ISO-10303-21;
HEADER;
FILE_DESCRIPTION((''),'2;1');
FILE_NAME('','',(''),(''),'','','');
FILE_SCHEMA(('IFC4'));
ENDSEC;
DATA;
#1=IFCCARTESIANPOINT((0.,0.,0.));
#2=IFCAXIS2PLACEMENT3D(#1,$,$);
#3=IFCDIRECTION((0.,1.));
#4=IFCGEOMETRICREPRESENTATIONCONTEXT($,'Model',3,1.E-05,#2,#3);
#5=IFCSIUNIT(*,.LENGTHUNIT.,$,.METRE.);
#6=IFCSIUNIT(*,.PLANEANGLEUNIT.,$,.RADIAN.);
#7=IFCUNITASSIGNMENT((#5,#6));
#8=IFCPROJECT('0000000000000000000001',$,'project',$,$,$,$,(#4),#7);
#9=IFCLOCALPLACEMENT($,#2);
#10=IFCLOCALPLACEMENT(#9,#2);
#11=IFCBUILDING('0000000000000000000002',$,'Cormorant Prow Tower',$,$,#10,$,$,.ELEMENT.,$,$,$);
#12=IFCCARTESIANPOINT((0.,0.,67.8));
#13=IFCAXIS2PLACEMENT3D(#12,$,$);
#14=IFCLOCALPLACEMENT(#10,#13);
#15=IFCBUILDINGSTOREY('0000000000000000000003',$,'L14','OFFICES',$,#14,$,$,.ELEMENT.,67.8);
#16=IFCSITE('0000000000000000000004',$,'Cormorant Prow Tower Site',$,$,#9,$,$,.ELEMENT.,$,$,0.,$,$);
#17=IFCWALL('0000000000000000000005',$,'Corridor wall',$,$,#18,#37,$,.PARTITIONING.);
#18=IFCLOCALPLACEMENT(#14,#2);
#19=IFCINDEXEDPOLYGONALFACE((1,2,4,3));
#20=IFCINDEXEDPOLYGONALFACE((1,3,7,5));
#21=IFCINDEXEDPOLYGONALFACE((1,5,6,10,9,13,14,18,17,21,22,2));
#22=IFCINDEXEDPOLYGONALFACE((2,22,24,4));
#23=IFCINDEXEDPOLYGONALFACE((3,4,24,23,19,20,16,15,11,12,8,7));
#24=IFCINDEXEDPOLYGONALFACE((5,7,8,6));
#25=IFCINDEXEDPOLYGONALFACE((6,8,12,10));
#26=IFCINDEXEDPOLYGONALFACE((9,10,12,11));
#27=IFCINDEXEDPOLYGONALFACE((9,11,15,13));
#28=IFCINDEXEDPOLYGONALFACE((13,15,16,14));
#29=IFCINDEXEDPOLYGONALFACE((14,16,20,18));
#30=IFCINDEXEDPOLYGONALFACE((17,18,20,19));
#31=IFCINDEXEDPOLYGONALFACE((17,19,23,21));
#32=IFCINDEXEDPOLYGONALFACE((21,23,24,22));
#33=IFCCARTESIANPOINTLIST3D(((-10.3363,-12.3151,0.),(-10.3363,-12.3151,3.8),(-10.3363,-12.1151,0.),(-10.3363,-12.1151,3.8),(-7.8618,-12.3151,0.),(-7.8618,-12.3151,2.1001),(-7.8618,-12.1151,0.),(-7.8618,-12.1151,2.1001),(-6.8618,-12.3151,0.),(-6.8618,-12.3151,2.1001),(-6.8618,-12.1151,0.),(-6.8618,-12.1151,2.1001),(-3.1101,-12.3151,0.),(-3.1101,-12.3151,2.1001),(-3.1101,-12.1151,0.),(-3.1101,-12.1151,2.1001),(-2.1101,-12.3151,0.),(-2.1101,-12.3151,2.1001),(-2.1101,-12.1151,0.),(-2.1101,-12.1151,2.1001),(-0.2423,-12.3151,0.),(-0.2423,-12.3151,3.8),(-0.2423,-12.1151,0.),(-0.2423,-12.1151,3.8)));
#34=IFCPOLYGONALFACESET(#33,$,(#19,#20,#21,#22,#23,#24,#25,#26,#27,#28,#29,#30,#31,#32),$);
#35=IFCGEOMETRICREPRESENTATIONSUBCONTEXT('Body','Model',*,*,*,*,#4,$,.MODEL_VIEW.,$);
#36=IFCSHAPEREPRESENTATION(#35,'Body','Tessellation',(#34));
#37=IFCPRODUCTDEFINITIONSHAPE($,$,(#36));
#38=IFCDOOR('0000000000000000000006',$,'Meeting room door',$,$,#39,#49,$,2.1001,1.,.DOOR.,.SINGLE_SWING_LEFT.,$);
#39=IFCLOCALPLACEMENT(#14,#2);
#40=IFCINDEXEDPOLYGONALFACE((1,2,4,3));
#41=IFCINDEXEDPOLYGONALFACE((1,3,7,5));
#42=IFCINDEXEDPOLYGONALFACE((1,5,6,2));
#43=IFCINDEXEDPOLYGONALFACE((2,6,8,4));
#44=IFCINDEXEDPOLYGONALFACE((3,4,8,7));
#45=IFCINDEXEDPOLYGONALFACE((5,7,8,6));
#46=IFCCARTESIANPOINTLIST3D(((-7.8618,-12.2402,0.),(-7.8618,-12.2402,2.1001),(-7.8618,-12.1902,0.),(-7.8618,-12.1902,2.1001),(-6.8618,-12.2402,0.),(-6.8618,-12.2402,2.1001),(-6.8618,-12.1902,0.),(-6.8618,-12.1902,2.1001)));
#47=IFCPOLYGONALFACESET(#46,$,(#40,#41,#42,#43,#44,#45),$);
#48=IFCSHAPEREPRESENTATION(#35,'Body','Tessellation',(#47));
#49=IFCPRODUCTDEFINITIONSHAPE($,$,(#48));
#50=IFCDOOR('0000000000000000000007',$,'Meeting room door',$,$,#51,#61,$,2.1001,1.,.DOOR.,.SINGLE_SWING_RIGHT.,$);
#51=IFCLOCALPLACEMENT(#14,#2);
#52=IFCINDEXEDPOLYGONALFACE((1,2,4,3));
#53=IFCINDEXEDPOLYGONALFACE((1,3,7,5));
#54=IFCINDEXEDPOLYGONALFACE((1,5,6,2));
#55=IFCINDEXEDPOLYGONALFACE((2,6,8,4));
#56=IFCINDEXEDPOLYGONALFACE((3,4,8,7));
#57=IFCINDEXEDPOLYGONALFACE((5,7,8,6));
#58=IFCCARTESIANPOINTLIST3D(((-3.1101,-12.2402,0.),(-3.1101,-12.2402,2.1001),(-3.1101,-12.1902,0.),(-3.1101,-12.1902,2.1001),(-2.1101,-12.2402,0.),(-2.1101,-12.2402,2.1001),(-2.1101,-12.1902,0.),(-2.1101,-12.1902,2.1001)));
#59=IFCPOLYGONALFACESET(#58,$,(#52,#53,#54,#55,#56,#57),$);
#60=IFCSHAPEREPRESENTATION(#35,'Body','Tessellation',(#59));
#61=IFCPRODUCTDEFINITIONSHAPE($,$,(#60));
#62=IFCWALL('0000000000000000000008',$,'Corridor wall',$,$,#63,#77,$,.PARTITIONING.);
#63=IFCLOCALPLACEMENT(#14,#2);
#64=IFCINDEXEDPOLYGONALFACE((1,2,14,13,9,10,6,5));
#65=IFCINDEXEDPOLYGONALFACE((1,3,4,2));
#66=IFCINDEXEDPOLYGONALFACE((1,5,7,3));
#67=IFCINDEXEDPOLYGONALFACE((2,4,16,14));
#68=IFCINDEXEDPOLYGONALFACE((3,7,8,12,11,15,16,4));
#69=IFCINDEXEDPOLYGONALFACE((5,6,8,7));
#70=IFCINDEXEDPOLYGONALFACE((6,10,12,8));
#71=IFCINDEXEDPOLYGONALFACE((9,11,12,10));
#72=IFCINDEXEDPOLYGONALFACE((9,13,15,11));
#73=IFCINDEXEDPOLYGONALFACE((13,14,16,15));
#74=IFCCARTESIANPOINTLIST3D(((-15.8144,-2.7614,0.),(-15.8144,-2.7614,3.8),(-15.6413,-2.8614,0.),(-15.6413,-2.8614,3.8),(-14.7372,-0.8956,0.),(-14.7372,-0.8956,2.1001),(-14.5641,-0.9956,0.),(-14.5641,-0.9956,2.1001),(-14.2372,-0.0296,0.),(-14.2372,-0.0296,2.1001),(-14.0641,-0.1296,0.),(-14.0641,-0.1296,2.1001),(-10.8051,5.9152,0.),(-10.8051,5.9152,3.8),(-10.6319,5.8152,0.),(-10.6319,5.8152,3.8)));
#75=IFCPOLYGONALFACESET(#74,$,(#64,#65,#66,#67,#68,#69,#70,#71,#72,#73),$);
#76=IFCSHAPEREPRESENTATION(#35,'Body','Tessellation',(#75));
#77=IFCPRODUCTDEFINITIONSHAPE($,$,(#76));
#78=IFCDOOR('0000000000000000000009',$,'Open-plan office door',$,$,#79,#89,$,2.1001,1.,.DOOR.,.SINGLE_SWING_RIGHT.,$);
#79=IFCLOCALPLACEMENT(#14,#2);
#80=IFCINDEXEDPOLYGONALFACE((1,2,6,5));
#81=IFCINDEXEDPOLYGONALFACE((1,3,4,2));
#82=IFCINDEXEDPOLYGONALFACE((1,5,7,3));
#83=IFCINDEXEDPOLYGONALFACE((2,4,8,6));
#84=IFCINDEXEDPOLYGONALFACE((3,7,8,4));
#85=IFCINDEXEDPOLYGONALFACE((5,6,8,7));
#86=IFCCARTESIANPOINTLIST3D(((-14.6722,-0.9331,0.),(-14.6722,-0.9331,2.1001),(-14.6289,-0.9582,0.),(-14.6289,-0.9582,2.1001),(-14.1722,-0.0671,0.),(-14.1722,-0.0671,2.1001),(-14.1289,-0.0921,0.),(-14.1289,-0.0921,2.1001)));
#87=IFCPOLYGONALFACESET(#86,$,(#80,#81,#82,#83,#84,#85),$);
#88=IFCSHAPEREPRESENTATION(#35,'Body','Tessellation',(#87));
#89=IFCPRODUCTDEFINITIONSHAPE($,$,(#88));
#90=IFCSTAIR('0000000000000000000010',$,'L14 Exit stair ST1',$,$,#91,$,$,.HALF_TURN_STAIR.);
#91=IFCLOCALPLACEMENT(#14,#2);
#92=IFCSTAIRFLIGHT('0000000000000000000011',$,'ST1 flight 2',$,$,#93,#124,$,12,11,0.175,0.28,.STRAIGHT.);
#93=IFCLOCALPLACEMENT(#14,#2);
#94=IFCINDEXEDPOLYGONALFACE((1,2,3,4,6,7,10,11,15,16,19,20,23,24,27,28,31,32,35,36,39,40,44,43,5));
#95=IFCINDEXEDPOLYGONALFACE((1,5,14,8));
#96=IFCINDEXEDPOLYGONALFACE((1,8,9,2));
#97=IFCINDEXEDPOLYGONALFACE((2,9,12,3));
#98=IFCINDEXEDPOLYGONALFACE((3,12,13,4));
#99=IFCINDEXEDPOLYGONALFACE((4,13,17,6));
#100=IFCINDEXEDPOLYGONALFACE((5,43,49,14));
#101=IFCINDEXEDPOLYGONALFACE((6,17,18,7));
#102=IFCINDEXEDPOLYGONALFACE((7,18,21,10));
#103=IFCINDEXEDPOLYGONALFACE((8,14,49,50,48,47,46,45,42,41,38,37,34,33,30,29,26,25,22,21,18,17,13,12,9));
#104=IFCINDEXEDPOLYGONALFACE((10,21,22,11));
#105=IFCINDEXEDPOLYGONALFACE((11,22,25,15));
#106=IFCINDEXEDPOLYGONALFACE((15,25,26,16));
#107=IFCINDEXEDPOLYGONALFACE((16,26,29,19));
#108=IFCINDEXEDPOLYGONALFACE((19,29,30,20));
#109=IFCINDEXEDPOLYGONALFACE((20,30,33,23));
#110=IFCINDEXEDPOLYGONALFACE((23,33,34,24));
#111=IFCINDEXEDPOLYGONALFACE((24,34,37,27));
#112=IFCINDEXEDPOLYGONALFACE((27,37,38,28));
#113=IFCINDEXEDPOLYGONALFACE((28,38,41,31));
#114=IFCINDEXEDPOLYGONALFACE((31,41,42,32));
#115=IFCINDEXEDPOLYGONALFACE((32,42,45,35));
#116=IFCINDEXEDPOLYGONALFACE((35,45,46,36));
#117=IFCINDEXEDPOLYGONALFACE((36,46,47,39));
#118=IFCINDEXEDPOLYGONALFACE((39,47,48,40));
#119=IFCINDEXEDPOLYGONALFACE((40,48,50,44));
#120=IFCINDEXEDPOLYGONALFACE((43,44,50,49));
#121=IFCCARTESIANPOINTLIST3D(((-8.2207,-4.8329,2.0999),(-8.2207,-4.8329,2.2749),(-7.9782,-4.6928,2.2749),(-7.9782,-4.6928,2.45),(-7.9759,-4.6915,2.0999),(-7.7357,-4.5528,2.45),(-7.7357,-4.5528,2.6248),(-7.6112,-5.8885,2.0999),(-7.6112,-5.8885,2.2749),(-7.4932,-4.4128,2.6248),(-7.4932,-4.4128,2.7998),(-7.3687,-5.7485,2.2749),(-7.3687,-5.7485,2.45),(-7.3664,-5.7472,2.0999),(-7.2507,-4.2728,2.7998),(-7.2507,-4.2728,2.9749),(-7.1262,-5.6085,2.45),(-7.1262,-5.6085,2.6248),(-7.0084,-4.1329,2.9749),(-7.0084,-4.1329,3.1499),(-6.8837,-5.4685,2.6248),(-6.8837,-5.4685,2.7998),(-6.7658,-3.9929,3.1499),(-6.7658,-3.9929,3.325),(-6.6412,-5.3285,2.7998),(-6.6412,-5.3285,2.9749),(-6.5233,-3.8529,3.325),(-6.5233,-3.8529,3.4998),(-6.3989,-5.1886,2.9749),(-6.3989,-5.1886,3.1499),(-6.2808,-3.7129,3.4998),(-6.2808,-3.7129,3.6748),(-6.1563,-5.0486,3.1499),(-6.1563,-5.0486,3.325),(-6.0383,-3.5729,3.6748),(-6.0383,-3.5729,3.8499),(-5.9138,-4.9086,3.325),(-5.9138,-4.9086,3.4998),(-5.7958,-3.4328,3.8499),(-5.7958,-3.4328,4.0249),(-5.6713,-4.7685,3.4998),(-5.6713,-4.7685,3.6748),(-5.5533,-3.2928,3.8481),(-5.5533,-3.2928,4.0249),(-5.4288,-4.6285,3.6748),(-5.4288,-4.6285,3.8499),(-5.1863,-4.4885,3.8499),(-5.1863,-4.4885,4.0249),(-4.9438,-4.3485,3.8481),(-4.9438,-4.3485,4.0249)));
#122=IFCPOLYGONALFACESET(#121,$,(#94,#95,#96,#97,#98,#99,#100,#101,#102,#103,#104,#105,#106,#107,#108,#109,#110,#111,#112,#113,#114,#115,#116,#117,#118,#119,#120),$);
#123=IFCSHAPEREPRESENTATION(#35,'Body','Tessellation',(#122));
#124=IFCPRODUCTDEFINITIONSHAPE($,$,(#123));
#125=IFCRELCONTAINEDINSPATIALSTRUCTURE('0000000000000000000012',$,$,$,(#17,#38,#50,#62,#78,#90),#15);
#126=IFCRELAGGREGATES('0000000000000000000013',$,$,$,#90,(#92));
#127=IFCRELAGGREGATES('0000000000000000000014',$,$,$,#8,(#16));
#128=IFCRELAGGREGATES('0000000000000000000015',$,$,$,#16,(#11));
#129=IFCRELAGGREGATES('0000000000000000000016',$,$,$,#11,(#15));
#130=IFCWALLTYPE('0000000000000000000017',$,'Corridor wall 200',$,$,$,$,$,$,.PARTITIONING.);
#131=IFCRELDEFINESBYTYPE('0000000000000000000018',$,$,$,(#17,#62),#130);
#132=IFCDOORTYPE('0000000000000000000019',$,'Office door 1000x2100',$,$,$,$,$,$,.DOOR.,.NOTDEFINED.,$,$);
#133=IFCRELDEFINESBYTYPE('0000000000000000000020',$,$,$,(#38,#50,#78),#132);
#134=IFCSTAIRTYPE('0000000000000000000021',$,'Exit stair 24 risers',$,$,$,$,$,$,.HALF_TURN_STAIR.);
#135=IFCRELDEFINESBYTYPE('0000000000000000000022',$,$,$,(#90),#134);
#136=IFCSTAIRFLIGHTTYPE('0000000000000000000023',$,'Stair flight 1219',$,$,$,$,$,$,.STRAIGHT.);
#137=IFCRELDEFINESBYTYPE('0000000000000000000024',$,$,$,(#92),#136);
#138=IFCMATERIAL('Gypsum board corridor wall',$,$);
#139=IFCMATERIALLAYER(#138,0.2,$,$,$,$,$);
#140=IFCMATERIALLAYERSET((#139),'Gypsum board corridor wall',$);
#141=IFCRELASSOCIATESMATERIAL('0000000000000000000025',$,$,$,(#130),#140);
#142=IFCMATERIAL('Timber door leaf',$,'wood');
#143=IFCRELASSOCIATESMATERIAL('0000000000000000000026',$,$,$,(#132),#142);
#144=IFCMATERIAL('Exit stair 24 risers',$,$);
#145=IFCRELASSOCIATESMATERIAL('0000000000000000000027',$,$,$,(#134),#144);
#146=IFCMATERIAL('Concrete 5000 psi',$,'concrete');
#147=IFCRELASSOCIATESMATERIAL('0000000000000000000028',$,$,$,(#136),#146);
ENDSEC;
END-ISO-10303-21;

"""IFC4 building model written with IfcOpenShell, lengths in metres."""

from ifc_helpers import new_model, si_unit, direction, frame, frame_2d, origin, place, context, subcontext, project, spatial, polyline, rectangle, outline, extrude, material, layer, layer_set, type_object, element, fill, aggregate, save


model = new_model("IFC4")

# Units and contexts
model_context = context("Model", 3, precision=1e-05, world=origin(), true_north=direction((0.0, 1.0)))
body_context = subcontext(model_context, "Body", "Model", "MODEL_VIEW")
ifc_project = project(units=[si_unit("LENGTHUNIT", "METRE"), si_unit("PLANEANGLEUNIT", "RADIAN")], contexts=[model_context])

# Site, building, storey
site_placement = place(None, origin())
site = spatial("IfcSite", under=ifc_project, at=site_placement, Name="Cormorant Prow Tower Site", CompositionType="ELEMENT", RefElevation=0.0)
building_placement = place(site_placement, origin())
building = spatial("IfcBuilding", under=site, at=building_placement, Name="Cormorant Prow Tower", CompositionType="ELEMENT")
storey_placement = place(building_placement, frame((0.0, 0.0, 67.8)))
storey = spatial("IfcBuildingStorey", under=building, at=storey_placement, Name="L14", Description="OFFICES", CompositionType="ELEMENT", Elevation=67.8)

# Wall, openings, doors
ifc_material_1 = material(Name="Gypsum board corridor wall")
ifc_layer_1 = layer(ifc_material_1, 0.2)
ifc_layer_set_1 = layer_set([ifc_layer_1], Name="Gypsum board corridor wall")
wall_type_1 = type_object("IfcWallType", Name="Corridor wall 200", PredefinedType="PARTITIONING", material=ifc_layer_set_1)
wall_1_placement = place(storey_placement, frame((-10.3362, -12.2151, 0.0), z_axis=(0.0, 0.0, 1.0), x_axis=(1.0, 0.0, 0.0)))
wall_1 = element("IfcWall", 1, at=wall_1_placement, inside=storey, type_object=wall_type_1, Name="Corridor wall", PredefinedType="PARTITIONING", context=body_context, shape_type="SweptSolid", body=[
    extrude(rectangle(XDim=10.094, YDim=0.2, at=frame_2d((5.0469, 0.0))), origin(), (0.0, 0.0, 1.0), 3.8),
])
opening_1_placement = place(wall_1_placement, frame((2.4744, 0.0, 0.0)))
opening_1 = element("IfcOpeningElement", 2, at=opening_1_placement, cuts=wall_1, PredefinedType="OPENING", context=body_context, shape_type="SweptSolid", body=[
    extrude(rectangle(XDim=1.0, YDim=2.1001, at=frame_2d((0.5, 1.05))), frame((0.0, 0.1099, 0.0), z_axis=(0.0, -1.0, 0.0), x_axis=(1.0, 0.0, 0.0)), (0.0, 0.0, 1.0), 0.22),
])
opening_2_placement = place(wall_1_placement, frame((7.2261, 0.0, 0.0)))
opening_2 = element("IfcOpeningElement", 3, at=opening_2_placement, cuts=wall_1, PredefinedType="OPENING", context=body_context, shape_type="SweptSolid", body=[
    extrude(rectangle(XDim=1.0, YDim=2.1001, at=frame_2d((0.5, 1.05))), frame((0.0, 0.1099, 0.0), z_axis=(0.0, -1.0, 0.0), x_axis=(1.0, 0.0, 0.0)), (0.0, 0.0, 1.0), 0.22),
])
ifc_material_2 = material(Name="Timber door leaf", Category="wood")
door_type_1 = type_object("IfcDoorType", Name="Office door 1000x2100", OperationType="NOTDEFINED", PredefinedType="DOOR", material=ifc_material_2)
door_1_placement = place(opening_1_placement, origin())
door_1 = element("IfcDoor", 4, at=door_1_placement, inside=storey, type_object=door_type_1, Name="Meeting room door", OperationType="SINGLE_SWING_LEFT", OverallHeight=2.1001, OverallWidth=1.0, PredefinedType="DOOR", context=body_context, shape_type="SweptSolid", body=[
    extrude(rectangle(XDim=1.0, YDim=2.1001, at=frame_2d((0.5, 1.05))), frame((0.0, 0.0249, 0.0), z_axis=(0.0, -1.0, 0.0), x_axis=(1.0, 0.0, 0.0)), (0.0, 0.0, 1.0), 0.05),
])
fill(opening_1, door_1)
door_2_placement = place(opening_2_placement, origin())
door_2 = element("IfcDoor", 5, at=door_2_placement, inside=storey, type_object=door_type_1, Name="Meeting room door", OperationType="SINGLE_SWING_RIGHT", OverallHeight=2.1001, OverallWidth=1.0, PredefinedType="DOOR", context=body_context, shape_type="SweptSolid", body=[
    extrude(rectangle(XDim=1.0, YDim=2.1001, at=frame_2d((0.5, 1.05))), frame((0.0, 0.0249, 0.0), z_axis=(0.0, -1.0, 0.0), x_axis=(1.0, 0.0, 0.0)), (0.0, 0.0, 1.0), 0.05),
])
fill(opening_2, door_2)

# Wall, opening, door
wall_2_placement = place(storey_placement, frame((-15.7278, -2.8113, 0.0), z_axis=(0.0, 0.0, 1.0), x_axis=(0.499992, 0.86603, 0.0)))
wall_2 = element("IfcWall", 6, at=wall_2_placement, inside=storey, type_object=wall_type_1, Name="Corridor wall", PredefinedType="PARTITIONING", context=body_context, shape_type="SweptSolid", body=[
    extrude(rectangle(XDim=10.0188, YDim=0.2, at=frame_2d((5.0093, 0.0))), origin(), (0.0, 0.0, 1.0), 3.8),
])
opening_3_placement = place(wall_2_placement, frame((2.1543, 0.0, 0.0)))
opening_3 = element("IfcOpeningElement", 7, at=opening_3_placement, cuts=wall_2, PredefinedType="OPENING", context=body_context, shape_type="SweptSolid", body=[
    extrude(rectangle(XDim=1.0, YDim=2.1001, at=frame_2d((0.5, 1.05))), frame((0.0, 0.1099, 0.0), z_axis=(0.0, -1.0, 0.0), x_axis=(1.0, 0.0, 0.0)), (0.0, 0.0, 1.0), 0.22),
])
door_3_placement = place(opening_3_placement, origin())
door_3 = element("IfcDoor", 8, at=door_3_placement, inside=storey, type_object=door_type_1, Name="Open-plan office door", OperationType="SINGLE_SWING_RIGHT", OverallHeight=2.1001, OverallWidth=1.0, PredefinedType="DOOR", context=body_context, shape_type="SweptSolid", body=[
    extrude(rectangle(XDim=1.0, YDim=2.1001, at=frame_2d((0.5, 1.05))), frame((0.0, 0.0249, 0.0), z_axis=(0.0, -1.0, 0.0), x_axis=(1.0, 0.0, 0.0)), (0.0, 0.0, 1.0), 0.05),
])
fill(opening_3, door_3)

# Stair, stair flight
ifc_material_3 = material(Name="Exit stair 24 risers")
stair_type = type_object("IfcStairType", Name="Exit stair 24 risers", PredefinedType="HALF_TURN_STAIR", material=ifc_material_3)
stair_placement = place(storey_placement, origin())
stair = element("IfcStair", 9, at=stair_placement, inside=storey, type_object=stair_type, Name="L14 Exit stair ST1", PredefinedType="HALF_TURN_STAIR")
ifc_material_4 = material(Name="Concrete 5000 psi", Category="concrete")
stair_flight_type = type_object("IfcStairFlightType", Name="Stair flight 1219", PredefinedType="STRAIGHT", material=ifc_material_4)
stair_flight_placement = place(storey_placement, frame((-7.916, -5.3606, 2.0999), z_axis=(0.0, 0.0, 1.0), x_axis=(0.866025, 0.5, 0.0)))
stair_flight = element("IfcStairFlight", 10, at=stair_flight_placement, type_object=stair_flight_type, Name="ST1 flight 2", NumberOfRisers=12, NumberOfTreads=11, PredefinedType="STRAIGHT", RiserHeight=0.175, TreadLength=0.28, context=body_context, shape_type="SweptSolid", body=[
    extrude(outline(polyline([(0.0, 0.0), (0.0, 0.175), (0.28, 0.175), (0.28, 0.3501), (0.5601, 0.3501), (0.5601, 0.5249), (0.8401, 0.5249), (0.8401, 0.7), (1.1201, 0.7), (1.1201, 0.875), (1.3999, 0.875), (1.3999, 1.05), (1.6799, 1.05), (1.6799, 1.2251), (1.96, 1.2251), (1.96, 1.3999), (2.24, 1.3999), (2.24, 1.575), (2.52, 1.575), (2.52, 1.75), (2.8, 1.75), (2.8, 1.925), (3.0801, 1.925), (3.0801, 2.1001), (3.0801, 1.7483), (0.2827, 0.0), (0.0, 0.0)])), frame((0.0, 0.6094, 0.0), z_axis=(0.0, -1.0, 0.0), x_axis=(1.0, 0.0, 0.0)), (0.0, 0.0, 1.0), 1.219),
])
aggregate(stair, [stair_flight])

save(model, "model.ifc")
